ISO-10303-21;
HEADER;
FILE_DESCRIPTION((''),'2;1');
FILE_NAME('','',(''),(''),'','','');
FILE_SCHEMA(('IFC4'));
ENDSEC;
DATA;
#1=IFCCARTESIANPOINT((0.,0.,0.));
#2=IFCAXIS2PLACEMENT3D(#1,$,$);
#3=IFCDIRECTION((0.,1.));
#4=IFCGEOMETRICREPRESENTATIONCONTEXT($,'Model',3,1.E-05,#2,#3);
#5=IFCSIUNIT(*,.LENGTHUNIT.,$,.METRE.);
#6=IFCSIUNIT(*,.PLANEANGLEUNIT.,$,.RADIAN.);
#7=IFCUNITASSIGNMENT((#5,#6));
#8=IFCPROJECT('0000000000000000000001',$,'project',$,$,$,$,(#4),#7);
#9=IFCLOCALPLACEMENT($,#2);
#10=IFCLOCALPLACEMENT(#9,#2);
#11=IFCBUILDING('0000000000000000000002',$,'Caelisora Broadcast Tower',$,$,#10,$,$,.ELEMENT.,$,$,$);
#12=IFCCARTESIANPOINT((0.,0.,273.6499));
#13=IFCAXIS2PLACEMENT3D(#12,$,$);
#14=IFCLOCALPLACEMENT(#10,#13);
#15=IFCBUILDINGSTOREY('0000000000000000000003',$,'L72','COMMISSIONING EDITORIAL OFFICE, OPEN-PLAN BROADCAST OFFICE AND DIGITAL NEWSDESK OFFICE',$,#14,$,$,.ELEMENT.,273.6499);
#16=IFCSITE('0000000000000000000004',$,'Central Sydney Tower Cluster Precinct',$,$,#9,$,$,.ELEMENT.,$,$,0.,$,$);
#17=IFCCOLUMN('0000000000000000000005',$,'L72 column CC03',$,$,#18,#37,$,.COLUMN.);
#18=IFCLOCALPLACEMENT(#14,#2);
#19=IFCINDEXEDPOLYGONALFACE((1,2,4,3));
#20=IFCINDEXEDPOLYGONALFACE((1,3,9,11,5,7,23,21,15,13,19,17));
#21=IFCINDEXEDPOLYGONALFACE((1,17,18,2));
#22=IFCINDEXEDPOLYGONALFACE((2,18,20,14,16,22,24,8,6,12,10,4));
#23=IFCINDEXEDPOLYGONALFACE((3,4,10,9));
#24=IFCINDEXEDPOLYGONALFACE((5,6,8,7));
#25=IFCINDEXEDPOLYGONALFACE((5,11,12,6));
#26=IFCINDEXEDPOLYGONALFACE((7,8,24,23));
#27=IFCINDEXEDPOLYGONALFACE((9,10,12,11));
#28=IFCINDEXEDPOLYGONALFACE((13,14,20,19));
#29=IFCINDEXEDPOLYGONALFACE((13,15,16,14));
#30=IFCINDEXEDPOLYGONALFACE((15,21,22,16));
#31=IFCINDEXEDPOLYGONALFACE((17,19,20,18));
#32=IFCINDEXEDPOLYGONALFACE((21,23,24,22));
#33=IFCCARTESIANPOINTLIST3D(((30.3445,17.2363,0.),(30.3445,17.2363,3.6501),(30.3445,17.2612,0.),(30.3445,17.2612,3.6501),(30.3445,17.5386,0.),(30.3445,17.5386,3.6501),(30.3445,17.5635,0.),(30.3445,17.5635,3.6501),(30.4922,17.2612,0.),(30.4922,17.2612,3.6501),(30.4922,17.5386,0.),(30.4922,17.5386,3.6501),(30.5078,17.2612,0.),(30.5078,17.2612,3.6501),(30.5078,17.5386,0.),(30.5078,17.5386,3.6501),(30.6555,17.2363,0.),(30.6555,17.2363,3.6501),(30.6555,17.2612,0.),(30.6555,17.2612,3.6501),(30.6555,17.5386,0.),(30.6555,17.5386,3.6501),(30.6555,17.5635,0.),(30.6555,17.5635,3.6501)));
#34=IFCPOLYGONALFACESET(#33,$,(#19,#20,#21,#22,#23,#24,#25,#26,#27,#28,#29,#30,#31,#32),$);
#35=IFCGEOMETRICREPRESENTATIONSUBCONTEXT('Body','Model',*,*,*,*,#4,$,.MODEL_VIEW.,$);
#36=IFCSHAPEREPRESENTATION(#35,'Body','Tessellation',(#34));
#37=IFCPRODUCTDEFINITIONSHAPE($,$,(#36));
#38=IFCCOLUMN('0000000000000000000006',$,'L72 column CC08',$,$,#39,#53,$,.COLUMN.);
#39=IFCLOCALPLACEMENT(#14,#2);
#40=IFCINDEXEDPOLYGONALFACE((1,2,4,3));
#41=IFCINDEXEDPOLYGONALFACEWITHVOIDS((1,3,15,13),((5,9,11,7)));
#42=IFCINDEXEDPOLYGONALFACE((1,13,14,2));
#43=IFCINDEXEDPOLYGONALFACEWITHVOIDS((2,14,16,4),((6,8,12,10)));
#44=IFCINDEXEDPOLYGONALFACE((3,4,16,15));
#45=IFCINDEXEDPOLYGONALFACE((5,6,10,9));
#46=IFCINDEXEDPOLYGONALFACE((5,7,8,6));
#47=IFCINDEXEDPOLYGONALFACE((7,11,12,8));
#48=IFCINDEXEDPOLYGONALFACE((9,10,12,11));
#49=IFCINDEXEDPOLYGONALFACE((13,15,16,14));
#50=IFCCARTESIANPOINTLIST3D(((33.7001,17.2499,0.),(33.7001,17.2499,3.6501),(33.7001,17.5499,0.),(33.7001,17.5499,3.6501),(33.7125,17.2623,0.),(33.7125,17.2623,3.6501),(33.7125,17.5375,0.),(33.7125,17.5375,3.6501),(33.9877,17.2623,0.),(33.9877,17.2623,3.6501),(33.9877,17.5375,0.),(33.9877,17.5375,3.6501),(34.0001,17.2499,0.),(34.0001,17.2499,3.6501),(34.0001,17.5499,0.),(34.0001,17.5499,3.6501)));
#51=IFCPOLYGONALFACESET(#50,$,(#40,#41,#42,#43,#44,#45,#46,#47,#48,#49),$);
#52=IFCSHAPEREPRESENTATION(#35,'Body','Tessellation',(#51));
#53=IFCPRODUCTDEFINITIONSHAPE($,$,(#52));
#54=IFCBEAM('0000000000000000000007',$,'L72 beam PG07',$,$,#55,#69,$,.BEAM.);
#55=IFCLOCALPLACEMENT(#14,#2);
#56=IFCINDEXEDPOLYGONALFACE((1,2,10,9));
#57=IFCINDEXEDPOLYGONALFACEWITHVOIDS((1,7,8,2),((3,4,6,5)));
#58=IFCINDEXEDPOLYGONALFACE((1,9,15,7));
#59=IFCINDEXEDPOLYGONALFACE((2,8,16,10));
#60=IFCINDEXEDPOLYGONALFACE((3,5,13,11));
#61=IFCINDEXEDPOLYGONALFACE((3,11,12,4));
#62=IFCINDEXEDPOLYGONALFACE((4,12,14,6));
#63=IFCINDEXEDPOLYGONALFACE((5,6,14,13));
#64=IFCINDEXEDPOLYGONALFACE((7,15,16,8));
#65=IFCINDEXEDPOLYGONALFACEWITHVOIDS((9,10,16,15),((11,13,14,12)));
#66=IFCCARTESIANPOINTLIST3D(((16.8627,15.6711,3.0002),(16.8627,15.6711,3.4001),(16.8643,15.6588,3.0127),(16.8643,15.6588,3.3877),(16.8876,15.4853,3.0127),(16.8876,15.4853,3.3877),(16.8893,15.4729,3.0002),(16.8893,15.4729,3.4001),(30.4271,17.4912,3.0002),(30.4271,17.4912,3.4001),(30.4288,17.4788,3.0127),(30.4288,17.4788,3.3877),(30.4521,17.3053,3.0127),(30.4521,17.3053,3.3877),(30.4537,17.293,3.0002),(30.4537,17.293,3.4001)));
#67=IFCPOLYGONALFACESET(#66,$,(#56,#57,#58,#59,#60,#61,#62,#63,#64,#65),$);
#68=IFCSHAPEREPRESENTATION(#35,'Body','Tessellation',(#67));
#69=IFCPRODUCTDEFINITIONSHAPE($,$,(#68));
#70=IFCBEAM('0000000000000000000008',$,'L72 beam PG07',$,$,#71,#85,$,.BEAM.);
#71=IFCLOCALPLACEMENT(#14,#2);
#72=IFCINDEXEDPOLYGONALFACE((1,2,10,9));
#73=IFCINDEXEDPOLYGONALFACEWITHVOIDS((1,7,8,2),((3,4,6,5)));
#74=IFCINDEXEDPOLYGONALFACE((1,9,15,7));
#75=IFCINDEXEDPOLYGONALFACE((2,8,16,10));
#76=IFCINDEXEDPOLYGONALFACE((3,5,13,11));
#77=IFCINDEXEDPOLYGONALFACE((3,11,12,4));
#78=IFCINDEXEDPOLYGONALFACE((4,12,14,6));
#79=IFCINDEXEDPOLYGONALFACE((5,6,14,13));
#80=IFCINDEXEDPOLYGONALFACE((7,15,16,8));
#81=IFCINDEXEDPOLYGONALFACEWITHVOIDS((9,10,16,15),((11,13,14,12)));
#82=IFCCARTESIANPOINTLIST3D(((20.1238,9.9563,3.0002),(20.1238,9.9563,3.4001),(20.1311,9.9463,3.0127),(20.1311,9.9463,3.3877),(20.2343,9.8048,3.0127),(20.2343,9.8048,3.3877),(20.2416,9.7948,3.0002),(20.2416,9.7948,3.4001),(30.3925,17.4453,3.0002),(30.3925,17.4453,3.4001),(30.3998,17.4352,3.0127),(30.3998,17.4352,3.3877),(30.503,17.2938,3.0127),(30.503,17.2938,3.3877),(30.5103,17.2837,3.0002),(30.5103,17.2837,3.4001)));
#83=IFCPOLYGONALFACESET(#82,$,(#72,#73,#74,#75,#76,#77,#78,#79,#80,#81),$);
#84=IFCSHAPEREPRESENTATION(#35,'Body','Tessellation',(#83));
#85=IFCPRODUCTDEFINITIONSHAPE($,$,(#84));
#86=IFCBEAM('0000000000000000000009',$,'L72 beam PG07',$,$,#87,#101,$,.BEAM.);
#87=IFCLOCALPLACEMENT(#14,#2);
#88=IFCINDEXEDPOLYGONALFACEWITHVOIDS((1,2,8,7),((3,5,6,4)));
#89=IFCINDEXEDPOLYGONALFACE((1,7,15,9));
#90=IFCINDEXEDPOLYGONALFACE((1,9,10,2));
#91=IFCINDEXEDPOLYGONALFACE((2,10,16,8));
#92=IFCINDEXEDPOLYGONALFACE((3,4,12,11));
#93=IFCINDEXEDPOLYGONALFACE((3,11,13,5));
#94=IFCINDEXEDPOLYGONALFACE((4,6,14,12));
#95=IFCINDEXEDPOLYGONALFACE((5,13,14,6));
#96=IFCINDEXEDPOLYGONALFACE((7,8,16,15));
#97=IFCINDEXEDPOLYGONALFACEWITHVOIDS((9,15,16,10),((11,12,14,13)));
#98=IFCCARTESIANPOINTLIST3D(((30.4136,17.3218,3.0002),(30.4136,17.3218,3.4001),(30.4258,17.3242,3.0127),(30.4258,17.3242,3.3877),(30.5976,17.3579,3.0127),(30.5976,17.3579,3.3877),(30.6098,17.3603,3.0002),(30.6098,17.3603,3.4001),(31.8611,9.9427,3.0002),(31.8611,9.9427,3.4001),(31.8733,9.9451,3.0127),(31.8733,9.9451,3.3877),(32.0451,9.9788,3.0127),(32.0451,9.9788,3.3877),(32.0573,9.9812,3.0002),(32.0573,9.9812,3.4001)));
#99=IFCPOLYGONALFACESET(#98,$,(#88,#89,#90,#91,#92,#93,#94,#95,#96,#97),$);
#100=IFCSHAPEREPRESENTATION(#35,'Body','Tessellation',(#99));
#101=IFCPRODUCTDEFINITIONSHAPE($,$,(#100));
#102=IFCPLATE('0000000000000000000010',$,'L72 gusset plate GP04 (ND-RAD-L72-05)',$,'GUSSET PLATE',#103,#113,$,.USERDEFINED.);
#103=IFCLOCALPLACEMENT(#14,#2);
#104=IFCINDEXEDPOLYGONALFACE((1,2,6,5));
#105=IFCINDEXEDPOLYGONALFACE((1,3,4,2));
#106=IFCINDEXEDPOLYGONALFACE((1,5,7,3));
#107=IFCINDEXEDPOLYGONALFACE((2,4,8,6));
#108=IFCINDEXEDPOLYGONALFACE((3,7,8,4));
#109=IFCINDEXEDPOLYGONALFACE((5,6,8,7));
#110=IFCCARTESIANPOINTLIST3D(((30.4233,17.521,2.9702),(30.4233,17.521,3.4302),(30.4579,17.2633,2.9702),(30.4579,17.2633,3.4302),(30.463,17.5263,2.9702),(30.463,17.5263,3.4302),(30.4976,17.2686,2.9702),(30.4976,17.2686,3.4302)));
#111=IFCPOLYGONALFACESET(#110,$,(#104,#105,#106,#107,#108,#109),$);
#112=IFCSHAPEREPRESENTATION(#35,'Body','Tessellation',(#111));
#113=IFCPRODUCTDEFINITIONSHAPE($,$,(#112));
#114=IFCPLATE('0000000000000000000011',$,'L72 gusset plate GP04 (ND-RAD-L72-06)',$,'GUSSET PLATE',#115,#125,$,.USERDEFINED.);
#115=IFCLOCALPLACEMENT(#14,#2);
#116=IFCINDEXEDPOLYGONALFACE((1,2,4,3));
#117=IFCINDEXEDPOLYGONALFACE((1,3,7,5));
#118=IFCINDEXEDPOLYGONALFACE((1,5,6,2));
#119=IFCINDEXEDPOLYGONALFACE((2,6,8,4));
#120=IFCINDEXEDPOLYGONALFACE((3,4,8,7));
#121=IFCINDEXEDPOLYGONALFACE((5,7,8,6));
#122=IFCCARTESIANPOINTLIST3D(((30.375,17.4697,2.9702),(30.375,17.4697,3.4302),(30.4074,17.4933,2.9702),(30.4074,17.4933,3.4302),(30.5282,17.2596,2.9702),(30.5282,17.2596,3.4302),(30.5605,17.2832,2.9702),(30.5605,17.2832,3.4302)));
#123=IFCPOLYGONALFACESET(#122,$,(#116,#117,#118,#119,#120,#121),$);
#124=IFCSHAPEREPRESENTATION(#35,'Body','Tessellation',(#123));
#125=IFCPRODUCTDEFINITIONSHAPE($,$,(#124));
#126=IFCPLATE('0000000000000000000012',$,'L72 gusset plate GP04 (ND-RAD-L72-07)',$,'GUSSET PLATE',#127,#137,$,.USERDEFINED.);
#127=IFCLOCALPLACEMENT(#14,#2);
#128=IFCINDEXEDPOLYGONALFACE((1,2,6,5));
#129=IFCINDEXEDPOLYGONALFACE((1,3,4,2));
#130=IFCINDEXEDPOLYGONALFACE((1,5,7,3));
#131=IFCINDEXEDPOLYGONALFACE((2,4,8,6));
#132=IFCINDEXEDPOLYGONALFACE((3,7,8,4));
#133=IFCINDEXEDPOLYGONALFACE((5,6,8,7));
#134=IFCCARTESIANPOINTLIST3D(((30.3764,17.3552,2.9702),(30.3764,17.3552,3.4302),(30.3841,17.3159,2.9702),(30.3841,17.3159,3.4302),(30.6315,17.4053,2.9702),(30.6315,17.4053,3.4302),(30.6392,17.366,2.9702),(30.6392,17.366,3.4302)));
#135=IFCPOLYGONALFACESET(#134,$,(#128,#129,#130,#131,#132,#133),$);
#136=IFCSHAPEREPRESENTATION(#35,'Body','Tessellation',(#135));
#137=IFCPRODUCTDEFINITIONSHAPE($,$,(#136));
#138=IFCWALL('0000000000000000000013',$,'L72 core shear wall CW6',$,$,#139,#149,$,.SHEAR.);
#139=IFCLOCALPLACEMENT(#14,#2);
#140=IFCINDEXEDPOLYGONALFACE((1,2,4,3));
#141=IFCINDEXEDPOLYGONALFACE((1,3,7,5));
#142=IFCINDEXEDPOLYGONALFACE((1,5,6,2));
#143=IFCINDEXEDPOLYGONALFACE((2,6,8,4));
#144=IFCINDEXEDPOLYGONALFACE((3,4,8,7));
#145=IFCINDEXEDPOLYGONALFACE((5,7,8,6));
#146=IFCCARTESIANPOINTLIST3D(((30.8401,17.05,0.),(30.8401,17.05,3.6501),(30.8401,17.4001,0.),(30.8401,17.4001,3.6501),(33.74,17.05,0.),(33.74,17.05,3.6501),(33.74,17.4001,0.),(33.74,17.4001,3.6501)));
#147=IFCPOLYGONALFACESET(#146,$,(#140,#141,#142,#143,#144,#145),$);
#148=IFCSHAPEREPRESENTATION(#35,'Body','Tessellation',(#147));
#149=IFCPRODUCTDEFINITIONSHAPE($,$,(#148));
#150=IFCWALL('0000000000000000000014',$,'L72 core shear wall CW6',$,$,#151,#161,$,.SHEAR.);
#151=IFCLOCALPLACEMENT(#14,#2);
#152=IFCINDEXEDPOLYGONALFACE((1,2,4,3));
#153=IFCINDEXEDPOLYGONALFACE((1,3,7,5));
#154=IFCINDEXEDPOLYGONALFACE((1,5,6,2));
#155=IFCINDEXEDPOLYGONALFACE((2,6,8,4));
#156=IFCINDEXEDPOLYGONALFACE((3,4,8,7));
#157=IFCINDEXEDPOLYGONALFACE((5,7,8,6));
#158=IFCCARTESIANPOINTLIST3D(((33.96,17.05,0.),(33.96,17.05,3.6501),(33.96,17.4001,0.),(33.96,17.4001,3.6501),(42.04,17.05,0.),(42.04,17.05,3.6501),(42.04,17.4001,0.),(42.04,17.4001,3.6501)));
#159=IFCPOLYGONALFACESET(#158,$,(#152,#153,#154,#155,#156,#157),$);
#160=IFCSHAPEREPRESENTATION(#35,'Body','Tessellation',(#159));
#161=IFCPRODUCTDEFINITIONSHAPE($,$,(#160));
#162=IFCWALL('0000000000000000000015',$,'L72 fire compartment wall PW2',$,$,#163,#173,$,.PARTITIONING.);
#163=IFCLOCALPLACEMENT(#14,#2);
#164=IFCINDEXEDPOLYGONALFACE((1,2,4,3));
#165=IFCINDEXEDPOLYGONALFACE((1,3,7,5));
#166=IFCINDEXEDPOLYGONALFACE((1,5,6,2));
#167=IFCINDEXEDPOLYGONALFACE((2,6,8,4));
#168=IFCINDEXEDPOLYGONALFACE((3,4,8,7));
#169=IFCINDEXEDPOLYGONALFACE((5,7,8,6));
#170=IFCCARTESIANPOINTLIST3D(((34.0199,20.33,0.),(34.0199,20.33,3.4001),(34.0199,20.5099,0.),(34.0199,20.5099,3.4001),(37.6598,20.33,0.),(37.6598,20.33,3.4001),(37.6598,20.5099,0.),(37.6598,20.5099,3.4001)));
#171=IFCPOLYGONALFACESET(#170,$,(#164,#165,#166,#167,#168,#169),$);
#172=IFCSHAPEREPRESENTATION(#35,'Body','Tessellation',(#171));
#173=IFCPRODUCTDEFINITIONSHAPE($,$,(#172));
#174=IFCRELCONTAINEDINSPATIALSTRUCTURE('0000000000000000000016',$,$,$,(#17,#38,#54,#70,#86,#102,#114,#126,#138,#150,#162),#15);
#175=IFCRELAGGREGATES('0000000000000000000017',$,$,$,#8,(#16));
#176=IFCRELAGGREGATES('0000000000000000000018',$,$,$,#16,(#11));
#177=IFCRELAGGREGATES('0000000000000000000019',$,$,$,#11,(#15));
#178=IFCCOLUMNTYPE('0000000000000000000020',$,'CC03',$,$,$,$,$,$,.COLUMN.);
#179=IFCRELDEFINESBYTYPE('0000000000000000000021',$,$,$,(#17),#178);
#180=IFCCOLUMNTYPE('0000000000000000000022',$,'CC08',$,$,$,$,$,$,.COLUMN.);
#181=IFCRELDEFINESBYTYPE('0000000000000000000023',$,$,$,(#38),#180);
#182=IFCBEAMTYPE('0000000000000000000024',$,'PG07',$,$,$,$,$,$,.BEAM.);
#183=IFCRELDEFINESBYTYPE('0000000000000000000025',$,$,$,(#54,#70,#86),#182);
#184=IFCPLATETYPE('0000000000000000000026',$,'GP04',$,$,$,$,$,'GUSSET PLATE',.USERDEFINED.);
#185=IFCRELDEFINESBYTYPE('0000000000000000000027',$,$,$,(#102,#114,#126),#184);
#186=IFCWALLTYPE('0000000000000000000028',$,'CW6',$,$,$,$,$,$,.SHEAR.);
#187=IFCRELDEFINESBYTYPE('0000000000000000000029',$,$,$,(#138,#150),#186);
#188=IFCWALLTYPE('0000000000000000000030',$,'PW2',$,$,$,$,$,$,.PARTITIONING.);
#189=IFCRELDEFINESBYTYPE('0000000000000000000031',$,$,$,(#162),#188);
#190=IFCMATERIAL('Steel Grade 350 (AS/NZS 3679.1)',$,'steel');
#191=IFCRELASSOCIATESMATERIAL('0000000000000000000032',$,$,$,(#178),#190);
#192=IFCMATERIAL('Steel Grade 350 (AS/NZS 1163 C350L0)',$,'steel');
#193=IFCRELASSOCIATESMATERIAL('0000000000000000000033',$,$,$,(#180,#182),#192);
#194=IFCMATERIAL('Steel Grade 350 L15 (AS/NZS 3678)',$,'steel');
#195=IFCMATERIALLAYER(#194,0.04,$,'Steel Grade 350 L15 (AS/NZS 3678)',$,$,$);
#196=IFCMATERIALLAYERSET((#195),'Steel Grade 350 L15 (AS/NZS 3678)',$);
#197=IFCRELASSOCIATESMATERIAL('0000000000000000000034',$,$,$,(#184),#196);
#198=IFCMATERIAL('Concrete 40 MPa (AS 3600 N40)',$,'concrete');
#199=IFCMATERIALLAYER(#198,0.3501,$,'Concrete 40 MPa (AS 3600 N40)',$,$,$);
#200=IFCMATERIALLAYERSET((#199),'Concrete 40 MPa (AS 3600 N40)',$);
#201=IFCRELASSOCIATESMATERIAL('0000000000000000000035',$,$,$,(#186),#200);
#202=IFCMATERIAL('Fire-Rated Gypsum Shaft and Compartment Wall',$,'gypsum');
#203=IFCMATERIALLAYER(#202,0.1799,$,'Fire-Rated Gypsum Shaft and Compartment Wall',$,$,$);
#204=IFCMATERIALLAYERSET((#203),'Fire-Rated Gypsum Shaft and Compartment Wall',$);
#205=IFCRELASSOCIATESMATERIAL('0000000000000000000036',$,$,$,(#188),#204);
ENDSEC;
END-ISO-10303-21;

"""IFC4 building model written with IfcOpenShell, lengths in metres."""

from ifc_helpers import new_model, si_unit, direction, frame, frame_2d, origin, origin_2d, place, context, subcontext, project, spatial, rectangle, hollow_rectangle, i_section, extrude, source, transform, mapped, material, layer, layer_set, material_profile, profile_set, type_object, type_shapes, element, save


model = new_model("IFC4")

# Units and contexts
model_context = context("Model", 3, precision=1e-05, world=origin(), true_north=direction((0.0, 1.0)))
body_context = subcontext(model_context, "Body", "Model", "MODEL_VIEW")
ifc_project = project(units=[si_unit("LENGTHUNIT", "METRE"), si_unit("PLANEANGLEUNIT", "RADIAN")], contexts=[model_context])

# Site, building, storey
site_placement = place(None, origin())
site = spatial("IfcSite", under=ifc_project, at=site_placement, Name="Central Sydney Tower Cluster Precinct", CompositionType="ELEMENT", RefElevation=0.0)
building_placement = place(site_placement, origin())
building = spatial("IfcBuilding", under=site, at=building_placement, Name="Caelisora Broadcast Tower", CompositionType="ELEMENT")
storey_placement = place(building_placement, frame((0.0, 0.0, 273.6499)))
storey = spatial("IfcBuildingStorey", under=building, at=storey_placement, Name="L72", Description="COMMISSIONING EDITORIAL OFFICE, OPEN-PLAN BROADCAST OFFICE AND DIGITAL NEWSDESK OFFICE", CompositionType="ELEMENT", Elevation=273.6499)

# Columns
ifc_material_1 = material(Name="Steel Grade 350 (AS/NZS 3679.1)", Category="steel")
ifc_material_profile_1 = material_profile(ifc_material_1, i_section(OverallWidth=0.311, OverallDepth=0.3271, WebThickness=0.0156, FlangeThickness=0.0249, at=origin_2d()), Name="Steel Grade 350 (AS/NZS 3679.1)")
ifc_profile_set_1 = profile_set([ifc_material_profile_1], Name="Steel Grade 350 (AS/NZS 3679.1)")
column_type_1 = type_object("IfcColumnType", Name="CC03", PredefinedType="COLUMN", material=ifc_profile_set_1)
shared_shape_1 = source(origin(), body_context, "Body", "SweptSolid", [
    extrude(i_section(OverallWidth=0.311, OverallDepth=0.3271, WebThickness=0.0156, FlangeThickness=0.0249, at=origin_2d()), origin(), (0.0, 0.0, 1.0), 3.6501),
])
type_shapes(column_type_1, [shared_shape_1])
column_1_placement = place(storey_placement, frame((30.5, 17.3999, 0.0), z_axis=(0.0, 0.0, 1.0), x_axis=(1.0, 0.0, 0.0)))
element("IfcColumn", 1, at=column_1_placement, inside=storey, type_object=column_type_1, Name="L72 column CC03", PredefinedType="COLUMN", context=body_context, shape_type="MappedRepresentation", body=[
    mapped(shared_shape_1, transform((0.0, 0.0, 0.0), scale=1.0)),
])
ifc_material_2 = material(Name="Steel Grade 350 (AS/NZS 1163 C350L0)", Category="steel")
ifc_material_profile_2 = material_profile(ifc_material_2, hollow_rectangle(XDim=0.3, YDim=0.3, WallThickness=0.0125, at=origin_2d()), Name="Steel Grade 350 (AS/NZS 1163 C350L0)")
ifc_profile_set_2 = profile_set([ifc_material_profile_2], Name="Steel Grade 350 (AS/NZS 1163 C350L0)")
column_type_2 = type_object("IfcColumnType", Name="CC08", PredefinedType="COLUMN", material=ifc_profile_set_2)
shared_shape_2 = source(origin(), body_context, "Body", "SweptSolid", [
    extrude(hollow_rectangle(XDim=0.3, YDim=0.3, WallThickness=0.0125, at=origin_2d()), origin(), (0.0, 0.0, 1.0), 3.6501),
])
type_shapes(column_type_2, [shared_shape_2])
column_2_placement = place(storey_placement, frame((33.8501, 17.3999, 0.0), z_axis=(0.0, 0.0, 1.0), x_axis=(1.0, 0.0, 0.0)))
element("IfcColumn", 2, at=column_2_placement, inside=storey, type_object=column_type_2, Name="L72 column CC08", PredefinedType="COLUMN", context=body_context, shape_type="MappedRepresentation", body=[
    mapped(shared_shape_2, transform((0.0, 0.0, 0.0), scale=1.0)),
])

# Beams
ifc_material_profile_3 = material_profile(ifc_material_2, hollow_rectangle(XDim=0.2, YDim=0.3999, WallThickness=0.0125, at=origin_2d()), Name="Steel Grade 350 (AS/NZS 1163 C350L0)")
ifc_profile_set_3 = profile_set([ifc_material_profile_3], Name="Steel Grade 350 (AS/NZS 1163 C350L0)")
beam_type = type_object("IfcBeamType", Name="PG07", PredefinedType="BEAM", material=ifc_profile_set_3)
shared_shape_3 = source(origin(), body_context, "Body", "SweptSolid", [
    extrude(hollow_rectangle(XDim=0.2, YDim=0.3999, WallThickness=0.0125, at=origin_2d()), origin(), (0.0, 0.0, 1.0), 13.686),
])
beam_1_placement = place(storey_placement, frame((30.4404, 17.3921, 3.2002), z_axis=(-0.991118, -0.132987, 0.0), x_axis=(0.132987, -0.991118, 0.0)))
element("IfcBeam", 3, at=beam_1_placement, inside=storey, type_object=beam_type, Name="L72 beam PG07", PredefinedType="BEAM", context=body_context, shape_type="MappedRepresentation", body=[
    mapped(shared_shape_3, transform((0.0, 0.0, 0.0), scale=1.0)),
])
shared_shape_4 = source(origin(), body_context, "Body", "SweptSolid", [
    extrude(hollow_rectangle(XDim=0.2, YDim=0.3999, WallThickness=0.0125, at=origin_2d()), origin(), (0.0, 0.0, 1.0), 12.7095),
])
beam_2_placement = place(storey_placement, frame((30.4514, 17.3645, 3.2002), z_axis=(-0.807957, -0.589241, 0.0), x_axis=(0.589241, -0.807957, 0.0)))
element("IfcBeam", 4, at=beam_2_placement, inside=storey, type_object=beam_type, Name="L72 beam PG07", PredefinedType="BEAM", context=body_context, shape_type="MappedRepresentation", body=[
    mapped(shared_shape_4, transform((0.0, 0.0, 0.0), scale=1.0)),
])
shared_shape_5 = source(origin(), body_context, "Body", "SweptSolid", [
    extrude(hollow_rectangle(XDim=0.2, YDim=0.3999, WallThickness=0.0125, at=origin_2d()), origin(), (0.0, 0.0, 1.0), 7.5198),
])
type_shapes(beam_type, [shared_shape_3, shared_shape_4, shared_shape_5])
beam_3_placement = place(storey_placement, frame((30.5117, 17.3411, 3.2002), z_axis=(0.192494, -0.981298, 0.0), x_axis=(0.981298, 0.192494, 0.0)))
element("IfcBeam", 5, at=beam_3_placement, inside=storey, type_object=beam_type, Name="L72 beam PG07", PredefinedType="BEAM", context=body_context, shape_type="MappedRepresentation", body=[
    mapped(shared_shape_5, transform((0.0, 0.0, 0.0), scale=1.0)),
])

# Plates
ifc_material_3 = material(Name="Steel Grade 350 L15 (AS/NZS 3678)", Category="steel")
ifc_layer_1 = layer(ifc_material_3, 0.04, Name="Steel Grade 350 L15 (AS/NZS 3678)")
ifc_layer_set_1 = layer_set([ifc_layer_1], Name="Steel Grade 350 L15 (AS/NZS 3678)")
plate_type = type_object("IfcPlateType", Name="GP04", ElementType="GUSSET PLATE", PredefinedType="USERDEFINED", material=ifc_layer_set_1)
shared_shape_6 = source(origin(), body_context, "Body", "SweptSolid", [
    extrude(rectangle(XDim=0.26, YDim=0.04, at=origin_2d()), origin(), (0.0, 0.0, 1.0), 0.46),
])
type_shapes(plate_type, [shared_shape_6])
for number, where, z_axis, x_axis, name in (
    (6, (30.4604, 17.3948, 2.9702), (0.0, 0.0, 1.0), (0.132948, -0.991123, 0.0), "L72 gusset plate GP04 (ND-RAD-L72-05)"),
    (7, (30.4678, 17.3765, 2.9702), (0.0, 0.0, 1.0), (0.589196, -0.80799, 0.0), "L72 gusset plate GP04 (ND-RAD-L72-06)"),
    (8, (30.5078, 17.3606, 2.9702), (0.0, 0.0, 1.0), (0.981293, 0.192522, 0.0), "L72 gusset plate GP04 (ND-RAD-L72-07)"),
):
    element("IfcPlate", number, at=place(storey_placement, frame(where, z_axis=z_axis, x_axis=x_axis)), inside=storey, type_object=plate_type, Name=name, ObjectType="GUSSET PLATE", PredefinedType="USERDEFINED", context=body_context, shape_type="MappedRepresentation", body=[
        mapped(shared_shape_6, transform((0.0, 0.0, 0.0), scale=1.0)),
    ])

# Walls
ifc_material_4 = material(Name="Concrete 40 MPa (AS 3600 N40)", Category="concrete")
ifc_layer_2 = layer(ifc_material_4, 0.3501, Name="Concrete 40 MPa (AS 3600 N40)")
ifc_layer_set_2 = layer_set([ifc_layer_2], Name="Concrete 40 MPa (AS 3600 N40)")
wall_type_1 = type_object("IfcWallType", Name="CW6", PredefinedType="SHEAR", material=ifc_layer_set_2)
wall_1_placement = place(storey_placement, frame((30.8401, 17.2251, 0.0), z_axis=(0.0, 0.0, 1.0), x_axis=(1.0, 0.0, 0.0)))
element("IfcWall", 9, at=wall_1_placement, inside=storey, type_object=wall_type_1, Name="L72 core shear wall CW6", PredefinedType="SHEAR", context=body_context, shape_type="SweptSolid", body=[
    extrude(rectangle(XDim=2.8999, YDim=0.3501, at=frame_2d((1.45, 0.0))), origin(), (0.0, 0.0, 1.0), 3.6501),
])
wall_2_placement = place(storey_placement, frame((33.96, 17.2251, 0.0), z_axis=(0.0, 0.0, 1.0), x_axis=(1.0, 0.0, 0.0)))
element("IfcWall", 10, at=wall_2_placement, inside=storey, type_object=wall_type_1, Name="L72 core shear wall CW6", PredefinedType="SHEAR", context=body_context, shape_type="SweptSolid", body=[
    extrude(rectangle(XDim=8.0801, YDim=0.3501, at=frame_2d((4.04, 0.0))), origin(), (0.0, 0.0, 1.0), 3.6501),
])
ifc_material_5 = material(Name="Fire-Rated Gypsum Shaft and Compartment Wall", Category="gypsum")
ifc_layer_3 = layer(ifc_material_5, 0.1799, Name="Fire-Rated Gypsum Shaft and Compartment Wall")
ifc_layer_set_3 = layer_set([ifc_layer_3], Name="Fire-Rated Gypsum Shaft and Compartment Wall")
wall_type_2 = type_object("IfcWallType", Name="PW2", PredefinedType="PARTITIONING", material=ifc_layer_set_3)
wall_3_placement = place(storey_placement, frame((34.02, 20.4199, 0.0), z_axis=(0.0, 0.0, 1.0), x_axis=(1.0, 0.0, 0.0)))
element("IfcWall", 11, at=wall_3_placement, inside=storey, type_object=wall_type_2, Name="L72 fire compartment wall PW2", PredefinedType="PARTITIONING", context=body_context, shape_type="SweptSolid", body=[
    extrude(rectangle(XDim=3.6399, YDim=0.1799, at=frame_2d((1.8198, 0.0))), origin(), (0.0, 0.0, 1.0), 3.4001),
])

save(model, "model.ifc")
